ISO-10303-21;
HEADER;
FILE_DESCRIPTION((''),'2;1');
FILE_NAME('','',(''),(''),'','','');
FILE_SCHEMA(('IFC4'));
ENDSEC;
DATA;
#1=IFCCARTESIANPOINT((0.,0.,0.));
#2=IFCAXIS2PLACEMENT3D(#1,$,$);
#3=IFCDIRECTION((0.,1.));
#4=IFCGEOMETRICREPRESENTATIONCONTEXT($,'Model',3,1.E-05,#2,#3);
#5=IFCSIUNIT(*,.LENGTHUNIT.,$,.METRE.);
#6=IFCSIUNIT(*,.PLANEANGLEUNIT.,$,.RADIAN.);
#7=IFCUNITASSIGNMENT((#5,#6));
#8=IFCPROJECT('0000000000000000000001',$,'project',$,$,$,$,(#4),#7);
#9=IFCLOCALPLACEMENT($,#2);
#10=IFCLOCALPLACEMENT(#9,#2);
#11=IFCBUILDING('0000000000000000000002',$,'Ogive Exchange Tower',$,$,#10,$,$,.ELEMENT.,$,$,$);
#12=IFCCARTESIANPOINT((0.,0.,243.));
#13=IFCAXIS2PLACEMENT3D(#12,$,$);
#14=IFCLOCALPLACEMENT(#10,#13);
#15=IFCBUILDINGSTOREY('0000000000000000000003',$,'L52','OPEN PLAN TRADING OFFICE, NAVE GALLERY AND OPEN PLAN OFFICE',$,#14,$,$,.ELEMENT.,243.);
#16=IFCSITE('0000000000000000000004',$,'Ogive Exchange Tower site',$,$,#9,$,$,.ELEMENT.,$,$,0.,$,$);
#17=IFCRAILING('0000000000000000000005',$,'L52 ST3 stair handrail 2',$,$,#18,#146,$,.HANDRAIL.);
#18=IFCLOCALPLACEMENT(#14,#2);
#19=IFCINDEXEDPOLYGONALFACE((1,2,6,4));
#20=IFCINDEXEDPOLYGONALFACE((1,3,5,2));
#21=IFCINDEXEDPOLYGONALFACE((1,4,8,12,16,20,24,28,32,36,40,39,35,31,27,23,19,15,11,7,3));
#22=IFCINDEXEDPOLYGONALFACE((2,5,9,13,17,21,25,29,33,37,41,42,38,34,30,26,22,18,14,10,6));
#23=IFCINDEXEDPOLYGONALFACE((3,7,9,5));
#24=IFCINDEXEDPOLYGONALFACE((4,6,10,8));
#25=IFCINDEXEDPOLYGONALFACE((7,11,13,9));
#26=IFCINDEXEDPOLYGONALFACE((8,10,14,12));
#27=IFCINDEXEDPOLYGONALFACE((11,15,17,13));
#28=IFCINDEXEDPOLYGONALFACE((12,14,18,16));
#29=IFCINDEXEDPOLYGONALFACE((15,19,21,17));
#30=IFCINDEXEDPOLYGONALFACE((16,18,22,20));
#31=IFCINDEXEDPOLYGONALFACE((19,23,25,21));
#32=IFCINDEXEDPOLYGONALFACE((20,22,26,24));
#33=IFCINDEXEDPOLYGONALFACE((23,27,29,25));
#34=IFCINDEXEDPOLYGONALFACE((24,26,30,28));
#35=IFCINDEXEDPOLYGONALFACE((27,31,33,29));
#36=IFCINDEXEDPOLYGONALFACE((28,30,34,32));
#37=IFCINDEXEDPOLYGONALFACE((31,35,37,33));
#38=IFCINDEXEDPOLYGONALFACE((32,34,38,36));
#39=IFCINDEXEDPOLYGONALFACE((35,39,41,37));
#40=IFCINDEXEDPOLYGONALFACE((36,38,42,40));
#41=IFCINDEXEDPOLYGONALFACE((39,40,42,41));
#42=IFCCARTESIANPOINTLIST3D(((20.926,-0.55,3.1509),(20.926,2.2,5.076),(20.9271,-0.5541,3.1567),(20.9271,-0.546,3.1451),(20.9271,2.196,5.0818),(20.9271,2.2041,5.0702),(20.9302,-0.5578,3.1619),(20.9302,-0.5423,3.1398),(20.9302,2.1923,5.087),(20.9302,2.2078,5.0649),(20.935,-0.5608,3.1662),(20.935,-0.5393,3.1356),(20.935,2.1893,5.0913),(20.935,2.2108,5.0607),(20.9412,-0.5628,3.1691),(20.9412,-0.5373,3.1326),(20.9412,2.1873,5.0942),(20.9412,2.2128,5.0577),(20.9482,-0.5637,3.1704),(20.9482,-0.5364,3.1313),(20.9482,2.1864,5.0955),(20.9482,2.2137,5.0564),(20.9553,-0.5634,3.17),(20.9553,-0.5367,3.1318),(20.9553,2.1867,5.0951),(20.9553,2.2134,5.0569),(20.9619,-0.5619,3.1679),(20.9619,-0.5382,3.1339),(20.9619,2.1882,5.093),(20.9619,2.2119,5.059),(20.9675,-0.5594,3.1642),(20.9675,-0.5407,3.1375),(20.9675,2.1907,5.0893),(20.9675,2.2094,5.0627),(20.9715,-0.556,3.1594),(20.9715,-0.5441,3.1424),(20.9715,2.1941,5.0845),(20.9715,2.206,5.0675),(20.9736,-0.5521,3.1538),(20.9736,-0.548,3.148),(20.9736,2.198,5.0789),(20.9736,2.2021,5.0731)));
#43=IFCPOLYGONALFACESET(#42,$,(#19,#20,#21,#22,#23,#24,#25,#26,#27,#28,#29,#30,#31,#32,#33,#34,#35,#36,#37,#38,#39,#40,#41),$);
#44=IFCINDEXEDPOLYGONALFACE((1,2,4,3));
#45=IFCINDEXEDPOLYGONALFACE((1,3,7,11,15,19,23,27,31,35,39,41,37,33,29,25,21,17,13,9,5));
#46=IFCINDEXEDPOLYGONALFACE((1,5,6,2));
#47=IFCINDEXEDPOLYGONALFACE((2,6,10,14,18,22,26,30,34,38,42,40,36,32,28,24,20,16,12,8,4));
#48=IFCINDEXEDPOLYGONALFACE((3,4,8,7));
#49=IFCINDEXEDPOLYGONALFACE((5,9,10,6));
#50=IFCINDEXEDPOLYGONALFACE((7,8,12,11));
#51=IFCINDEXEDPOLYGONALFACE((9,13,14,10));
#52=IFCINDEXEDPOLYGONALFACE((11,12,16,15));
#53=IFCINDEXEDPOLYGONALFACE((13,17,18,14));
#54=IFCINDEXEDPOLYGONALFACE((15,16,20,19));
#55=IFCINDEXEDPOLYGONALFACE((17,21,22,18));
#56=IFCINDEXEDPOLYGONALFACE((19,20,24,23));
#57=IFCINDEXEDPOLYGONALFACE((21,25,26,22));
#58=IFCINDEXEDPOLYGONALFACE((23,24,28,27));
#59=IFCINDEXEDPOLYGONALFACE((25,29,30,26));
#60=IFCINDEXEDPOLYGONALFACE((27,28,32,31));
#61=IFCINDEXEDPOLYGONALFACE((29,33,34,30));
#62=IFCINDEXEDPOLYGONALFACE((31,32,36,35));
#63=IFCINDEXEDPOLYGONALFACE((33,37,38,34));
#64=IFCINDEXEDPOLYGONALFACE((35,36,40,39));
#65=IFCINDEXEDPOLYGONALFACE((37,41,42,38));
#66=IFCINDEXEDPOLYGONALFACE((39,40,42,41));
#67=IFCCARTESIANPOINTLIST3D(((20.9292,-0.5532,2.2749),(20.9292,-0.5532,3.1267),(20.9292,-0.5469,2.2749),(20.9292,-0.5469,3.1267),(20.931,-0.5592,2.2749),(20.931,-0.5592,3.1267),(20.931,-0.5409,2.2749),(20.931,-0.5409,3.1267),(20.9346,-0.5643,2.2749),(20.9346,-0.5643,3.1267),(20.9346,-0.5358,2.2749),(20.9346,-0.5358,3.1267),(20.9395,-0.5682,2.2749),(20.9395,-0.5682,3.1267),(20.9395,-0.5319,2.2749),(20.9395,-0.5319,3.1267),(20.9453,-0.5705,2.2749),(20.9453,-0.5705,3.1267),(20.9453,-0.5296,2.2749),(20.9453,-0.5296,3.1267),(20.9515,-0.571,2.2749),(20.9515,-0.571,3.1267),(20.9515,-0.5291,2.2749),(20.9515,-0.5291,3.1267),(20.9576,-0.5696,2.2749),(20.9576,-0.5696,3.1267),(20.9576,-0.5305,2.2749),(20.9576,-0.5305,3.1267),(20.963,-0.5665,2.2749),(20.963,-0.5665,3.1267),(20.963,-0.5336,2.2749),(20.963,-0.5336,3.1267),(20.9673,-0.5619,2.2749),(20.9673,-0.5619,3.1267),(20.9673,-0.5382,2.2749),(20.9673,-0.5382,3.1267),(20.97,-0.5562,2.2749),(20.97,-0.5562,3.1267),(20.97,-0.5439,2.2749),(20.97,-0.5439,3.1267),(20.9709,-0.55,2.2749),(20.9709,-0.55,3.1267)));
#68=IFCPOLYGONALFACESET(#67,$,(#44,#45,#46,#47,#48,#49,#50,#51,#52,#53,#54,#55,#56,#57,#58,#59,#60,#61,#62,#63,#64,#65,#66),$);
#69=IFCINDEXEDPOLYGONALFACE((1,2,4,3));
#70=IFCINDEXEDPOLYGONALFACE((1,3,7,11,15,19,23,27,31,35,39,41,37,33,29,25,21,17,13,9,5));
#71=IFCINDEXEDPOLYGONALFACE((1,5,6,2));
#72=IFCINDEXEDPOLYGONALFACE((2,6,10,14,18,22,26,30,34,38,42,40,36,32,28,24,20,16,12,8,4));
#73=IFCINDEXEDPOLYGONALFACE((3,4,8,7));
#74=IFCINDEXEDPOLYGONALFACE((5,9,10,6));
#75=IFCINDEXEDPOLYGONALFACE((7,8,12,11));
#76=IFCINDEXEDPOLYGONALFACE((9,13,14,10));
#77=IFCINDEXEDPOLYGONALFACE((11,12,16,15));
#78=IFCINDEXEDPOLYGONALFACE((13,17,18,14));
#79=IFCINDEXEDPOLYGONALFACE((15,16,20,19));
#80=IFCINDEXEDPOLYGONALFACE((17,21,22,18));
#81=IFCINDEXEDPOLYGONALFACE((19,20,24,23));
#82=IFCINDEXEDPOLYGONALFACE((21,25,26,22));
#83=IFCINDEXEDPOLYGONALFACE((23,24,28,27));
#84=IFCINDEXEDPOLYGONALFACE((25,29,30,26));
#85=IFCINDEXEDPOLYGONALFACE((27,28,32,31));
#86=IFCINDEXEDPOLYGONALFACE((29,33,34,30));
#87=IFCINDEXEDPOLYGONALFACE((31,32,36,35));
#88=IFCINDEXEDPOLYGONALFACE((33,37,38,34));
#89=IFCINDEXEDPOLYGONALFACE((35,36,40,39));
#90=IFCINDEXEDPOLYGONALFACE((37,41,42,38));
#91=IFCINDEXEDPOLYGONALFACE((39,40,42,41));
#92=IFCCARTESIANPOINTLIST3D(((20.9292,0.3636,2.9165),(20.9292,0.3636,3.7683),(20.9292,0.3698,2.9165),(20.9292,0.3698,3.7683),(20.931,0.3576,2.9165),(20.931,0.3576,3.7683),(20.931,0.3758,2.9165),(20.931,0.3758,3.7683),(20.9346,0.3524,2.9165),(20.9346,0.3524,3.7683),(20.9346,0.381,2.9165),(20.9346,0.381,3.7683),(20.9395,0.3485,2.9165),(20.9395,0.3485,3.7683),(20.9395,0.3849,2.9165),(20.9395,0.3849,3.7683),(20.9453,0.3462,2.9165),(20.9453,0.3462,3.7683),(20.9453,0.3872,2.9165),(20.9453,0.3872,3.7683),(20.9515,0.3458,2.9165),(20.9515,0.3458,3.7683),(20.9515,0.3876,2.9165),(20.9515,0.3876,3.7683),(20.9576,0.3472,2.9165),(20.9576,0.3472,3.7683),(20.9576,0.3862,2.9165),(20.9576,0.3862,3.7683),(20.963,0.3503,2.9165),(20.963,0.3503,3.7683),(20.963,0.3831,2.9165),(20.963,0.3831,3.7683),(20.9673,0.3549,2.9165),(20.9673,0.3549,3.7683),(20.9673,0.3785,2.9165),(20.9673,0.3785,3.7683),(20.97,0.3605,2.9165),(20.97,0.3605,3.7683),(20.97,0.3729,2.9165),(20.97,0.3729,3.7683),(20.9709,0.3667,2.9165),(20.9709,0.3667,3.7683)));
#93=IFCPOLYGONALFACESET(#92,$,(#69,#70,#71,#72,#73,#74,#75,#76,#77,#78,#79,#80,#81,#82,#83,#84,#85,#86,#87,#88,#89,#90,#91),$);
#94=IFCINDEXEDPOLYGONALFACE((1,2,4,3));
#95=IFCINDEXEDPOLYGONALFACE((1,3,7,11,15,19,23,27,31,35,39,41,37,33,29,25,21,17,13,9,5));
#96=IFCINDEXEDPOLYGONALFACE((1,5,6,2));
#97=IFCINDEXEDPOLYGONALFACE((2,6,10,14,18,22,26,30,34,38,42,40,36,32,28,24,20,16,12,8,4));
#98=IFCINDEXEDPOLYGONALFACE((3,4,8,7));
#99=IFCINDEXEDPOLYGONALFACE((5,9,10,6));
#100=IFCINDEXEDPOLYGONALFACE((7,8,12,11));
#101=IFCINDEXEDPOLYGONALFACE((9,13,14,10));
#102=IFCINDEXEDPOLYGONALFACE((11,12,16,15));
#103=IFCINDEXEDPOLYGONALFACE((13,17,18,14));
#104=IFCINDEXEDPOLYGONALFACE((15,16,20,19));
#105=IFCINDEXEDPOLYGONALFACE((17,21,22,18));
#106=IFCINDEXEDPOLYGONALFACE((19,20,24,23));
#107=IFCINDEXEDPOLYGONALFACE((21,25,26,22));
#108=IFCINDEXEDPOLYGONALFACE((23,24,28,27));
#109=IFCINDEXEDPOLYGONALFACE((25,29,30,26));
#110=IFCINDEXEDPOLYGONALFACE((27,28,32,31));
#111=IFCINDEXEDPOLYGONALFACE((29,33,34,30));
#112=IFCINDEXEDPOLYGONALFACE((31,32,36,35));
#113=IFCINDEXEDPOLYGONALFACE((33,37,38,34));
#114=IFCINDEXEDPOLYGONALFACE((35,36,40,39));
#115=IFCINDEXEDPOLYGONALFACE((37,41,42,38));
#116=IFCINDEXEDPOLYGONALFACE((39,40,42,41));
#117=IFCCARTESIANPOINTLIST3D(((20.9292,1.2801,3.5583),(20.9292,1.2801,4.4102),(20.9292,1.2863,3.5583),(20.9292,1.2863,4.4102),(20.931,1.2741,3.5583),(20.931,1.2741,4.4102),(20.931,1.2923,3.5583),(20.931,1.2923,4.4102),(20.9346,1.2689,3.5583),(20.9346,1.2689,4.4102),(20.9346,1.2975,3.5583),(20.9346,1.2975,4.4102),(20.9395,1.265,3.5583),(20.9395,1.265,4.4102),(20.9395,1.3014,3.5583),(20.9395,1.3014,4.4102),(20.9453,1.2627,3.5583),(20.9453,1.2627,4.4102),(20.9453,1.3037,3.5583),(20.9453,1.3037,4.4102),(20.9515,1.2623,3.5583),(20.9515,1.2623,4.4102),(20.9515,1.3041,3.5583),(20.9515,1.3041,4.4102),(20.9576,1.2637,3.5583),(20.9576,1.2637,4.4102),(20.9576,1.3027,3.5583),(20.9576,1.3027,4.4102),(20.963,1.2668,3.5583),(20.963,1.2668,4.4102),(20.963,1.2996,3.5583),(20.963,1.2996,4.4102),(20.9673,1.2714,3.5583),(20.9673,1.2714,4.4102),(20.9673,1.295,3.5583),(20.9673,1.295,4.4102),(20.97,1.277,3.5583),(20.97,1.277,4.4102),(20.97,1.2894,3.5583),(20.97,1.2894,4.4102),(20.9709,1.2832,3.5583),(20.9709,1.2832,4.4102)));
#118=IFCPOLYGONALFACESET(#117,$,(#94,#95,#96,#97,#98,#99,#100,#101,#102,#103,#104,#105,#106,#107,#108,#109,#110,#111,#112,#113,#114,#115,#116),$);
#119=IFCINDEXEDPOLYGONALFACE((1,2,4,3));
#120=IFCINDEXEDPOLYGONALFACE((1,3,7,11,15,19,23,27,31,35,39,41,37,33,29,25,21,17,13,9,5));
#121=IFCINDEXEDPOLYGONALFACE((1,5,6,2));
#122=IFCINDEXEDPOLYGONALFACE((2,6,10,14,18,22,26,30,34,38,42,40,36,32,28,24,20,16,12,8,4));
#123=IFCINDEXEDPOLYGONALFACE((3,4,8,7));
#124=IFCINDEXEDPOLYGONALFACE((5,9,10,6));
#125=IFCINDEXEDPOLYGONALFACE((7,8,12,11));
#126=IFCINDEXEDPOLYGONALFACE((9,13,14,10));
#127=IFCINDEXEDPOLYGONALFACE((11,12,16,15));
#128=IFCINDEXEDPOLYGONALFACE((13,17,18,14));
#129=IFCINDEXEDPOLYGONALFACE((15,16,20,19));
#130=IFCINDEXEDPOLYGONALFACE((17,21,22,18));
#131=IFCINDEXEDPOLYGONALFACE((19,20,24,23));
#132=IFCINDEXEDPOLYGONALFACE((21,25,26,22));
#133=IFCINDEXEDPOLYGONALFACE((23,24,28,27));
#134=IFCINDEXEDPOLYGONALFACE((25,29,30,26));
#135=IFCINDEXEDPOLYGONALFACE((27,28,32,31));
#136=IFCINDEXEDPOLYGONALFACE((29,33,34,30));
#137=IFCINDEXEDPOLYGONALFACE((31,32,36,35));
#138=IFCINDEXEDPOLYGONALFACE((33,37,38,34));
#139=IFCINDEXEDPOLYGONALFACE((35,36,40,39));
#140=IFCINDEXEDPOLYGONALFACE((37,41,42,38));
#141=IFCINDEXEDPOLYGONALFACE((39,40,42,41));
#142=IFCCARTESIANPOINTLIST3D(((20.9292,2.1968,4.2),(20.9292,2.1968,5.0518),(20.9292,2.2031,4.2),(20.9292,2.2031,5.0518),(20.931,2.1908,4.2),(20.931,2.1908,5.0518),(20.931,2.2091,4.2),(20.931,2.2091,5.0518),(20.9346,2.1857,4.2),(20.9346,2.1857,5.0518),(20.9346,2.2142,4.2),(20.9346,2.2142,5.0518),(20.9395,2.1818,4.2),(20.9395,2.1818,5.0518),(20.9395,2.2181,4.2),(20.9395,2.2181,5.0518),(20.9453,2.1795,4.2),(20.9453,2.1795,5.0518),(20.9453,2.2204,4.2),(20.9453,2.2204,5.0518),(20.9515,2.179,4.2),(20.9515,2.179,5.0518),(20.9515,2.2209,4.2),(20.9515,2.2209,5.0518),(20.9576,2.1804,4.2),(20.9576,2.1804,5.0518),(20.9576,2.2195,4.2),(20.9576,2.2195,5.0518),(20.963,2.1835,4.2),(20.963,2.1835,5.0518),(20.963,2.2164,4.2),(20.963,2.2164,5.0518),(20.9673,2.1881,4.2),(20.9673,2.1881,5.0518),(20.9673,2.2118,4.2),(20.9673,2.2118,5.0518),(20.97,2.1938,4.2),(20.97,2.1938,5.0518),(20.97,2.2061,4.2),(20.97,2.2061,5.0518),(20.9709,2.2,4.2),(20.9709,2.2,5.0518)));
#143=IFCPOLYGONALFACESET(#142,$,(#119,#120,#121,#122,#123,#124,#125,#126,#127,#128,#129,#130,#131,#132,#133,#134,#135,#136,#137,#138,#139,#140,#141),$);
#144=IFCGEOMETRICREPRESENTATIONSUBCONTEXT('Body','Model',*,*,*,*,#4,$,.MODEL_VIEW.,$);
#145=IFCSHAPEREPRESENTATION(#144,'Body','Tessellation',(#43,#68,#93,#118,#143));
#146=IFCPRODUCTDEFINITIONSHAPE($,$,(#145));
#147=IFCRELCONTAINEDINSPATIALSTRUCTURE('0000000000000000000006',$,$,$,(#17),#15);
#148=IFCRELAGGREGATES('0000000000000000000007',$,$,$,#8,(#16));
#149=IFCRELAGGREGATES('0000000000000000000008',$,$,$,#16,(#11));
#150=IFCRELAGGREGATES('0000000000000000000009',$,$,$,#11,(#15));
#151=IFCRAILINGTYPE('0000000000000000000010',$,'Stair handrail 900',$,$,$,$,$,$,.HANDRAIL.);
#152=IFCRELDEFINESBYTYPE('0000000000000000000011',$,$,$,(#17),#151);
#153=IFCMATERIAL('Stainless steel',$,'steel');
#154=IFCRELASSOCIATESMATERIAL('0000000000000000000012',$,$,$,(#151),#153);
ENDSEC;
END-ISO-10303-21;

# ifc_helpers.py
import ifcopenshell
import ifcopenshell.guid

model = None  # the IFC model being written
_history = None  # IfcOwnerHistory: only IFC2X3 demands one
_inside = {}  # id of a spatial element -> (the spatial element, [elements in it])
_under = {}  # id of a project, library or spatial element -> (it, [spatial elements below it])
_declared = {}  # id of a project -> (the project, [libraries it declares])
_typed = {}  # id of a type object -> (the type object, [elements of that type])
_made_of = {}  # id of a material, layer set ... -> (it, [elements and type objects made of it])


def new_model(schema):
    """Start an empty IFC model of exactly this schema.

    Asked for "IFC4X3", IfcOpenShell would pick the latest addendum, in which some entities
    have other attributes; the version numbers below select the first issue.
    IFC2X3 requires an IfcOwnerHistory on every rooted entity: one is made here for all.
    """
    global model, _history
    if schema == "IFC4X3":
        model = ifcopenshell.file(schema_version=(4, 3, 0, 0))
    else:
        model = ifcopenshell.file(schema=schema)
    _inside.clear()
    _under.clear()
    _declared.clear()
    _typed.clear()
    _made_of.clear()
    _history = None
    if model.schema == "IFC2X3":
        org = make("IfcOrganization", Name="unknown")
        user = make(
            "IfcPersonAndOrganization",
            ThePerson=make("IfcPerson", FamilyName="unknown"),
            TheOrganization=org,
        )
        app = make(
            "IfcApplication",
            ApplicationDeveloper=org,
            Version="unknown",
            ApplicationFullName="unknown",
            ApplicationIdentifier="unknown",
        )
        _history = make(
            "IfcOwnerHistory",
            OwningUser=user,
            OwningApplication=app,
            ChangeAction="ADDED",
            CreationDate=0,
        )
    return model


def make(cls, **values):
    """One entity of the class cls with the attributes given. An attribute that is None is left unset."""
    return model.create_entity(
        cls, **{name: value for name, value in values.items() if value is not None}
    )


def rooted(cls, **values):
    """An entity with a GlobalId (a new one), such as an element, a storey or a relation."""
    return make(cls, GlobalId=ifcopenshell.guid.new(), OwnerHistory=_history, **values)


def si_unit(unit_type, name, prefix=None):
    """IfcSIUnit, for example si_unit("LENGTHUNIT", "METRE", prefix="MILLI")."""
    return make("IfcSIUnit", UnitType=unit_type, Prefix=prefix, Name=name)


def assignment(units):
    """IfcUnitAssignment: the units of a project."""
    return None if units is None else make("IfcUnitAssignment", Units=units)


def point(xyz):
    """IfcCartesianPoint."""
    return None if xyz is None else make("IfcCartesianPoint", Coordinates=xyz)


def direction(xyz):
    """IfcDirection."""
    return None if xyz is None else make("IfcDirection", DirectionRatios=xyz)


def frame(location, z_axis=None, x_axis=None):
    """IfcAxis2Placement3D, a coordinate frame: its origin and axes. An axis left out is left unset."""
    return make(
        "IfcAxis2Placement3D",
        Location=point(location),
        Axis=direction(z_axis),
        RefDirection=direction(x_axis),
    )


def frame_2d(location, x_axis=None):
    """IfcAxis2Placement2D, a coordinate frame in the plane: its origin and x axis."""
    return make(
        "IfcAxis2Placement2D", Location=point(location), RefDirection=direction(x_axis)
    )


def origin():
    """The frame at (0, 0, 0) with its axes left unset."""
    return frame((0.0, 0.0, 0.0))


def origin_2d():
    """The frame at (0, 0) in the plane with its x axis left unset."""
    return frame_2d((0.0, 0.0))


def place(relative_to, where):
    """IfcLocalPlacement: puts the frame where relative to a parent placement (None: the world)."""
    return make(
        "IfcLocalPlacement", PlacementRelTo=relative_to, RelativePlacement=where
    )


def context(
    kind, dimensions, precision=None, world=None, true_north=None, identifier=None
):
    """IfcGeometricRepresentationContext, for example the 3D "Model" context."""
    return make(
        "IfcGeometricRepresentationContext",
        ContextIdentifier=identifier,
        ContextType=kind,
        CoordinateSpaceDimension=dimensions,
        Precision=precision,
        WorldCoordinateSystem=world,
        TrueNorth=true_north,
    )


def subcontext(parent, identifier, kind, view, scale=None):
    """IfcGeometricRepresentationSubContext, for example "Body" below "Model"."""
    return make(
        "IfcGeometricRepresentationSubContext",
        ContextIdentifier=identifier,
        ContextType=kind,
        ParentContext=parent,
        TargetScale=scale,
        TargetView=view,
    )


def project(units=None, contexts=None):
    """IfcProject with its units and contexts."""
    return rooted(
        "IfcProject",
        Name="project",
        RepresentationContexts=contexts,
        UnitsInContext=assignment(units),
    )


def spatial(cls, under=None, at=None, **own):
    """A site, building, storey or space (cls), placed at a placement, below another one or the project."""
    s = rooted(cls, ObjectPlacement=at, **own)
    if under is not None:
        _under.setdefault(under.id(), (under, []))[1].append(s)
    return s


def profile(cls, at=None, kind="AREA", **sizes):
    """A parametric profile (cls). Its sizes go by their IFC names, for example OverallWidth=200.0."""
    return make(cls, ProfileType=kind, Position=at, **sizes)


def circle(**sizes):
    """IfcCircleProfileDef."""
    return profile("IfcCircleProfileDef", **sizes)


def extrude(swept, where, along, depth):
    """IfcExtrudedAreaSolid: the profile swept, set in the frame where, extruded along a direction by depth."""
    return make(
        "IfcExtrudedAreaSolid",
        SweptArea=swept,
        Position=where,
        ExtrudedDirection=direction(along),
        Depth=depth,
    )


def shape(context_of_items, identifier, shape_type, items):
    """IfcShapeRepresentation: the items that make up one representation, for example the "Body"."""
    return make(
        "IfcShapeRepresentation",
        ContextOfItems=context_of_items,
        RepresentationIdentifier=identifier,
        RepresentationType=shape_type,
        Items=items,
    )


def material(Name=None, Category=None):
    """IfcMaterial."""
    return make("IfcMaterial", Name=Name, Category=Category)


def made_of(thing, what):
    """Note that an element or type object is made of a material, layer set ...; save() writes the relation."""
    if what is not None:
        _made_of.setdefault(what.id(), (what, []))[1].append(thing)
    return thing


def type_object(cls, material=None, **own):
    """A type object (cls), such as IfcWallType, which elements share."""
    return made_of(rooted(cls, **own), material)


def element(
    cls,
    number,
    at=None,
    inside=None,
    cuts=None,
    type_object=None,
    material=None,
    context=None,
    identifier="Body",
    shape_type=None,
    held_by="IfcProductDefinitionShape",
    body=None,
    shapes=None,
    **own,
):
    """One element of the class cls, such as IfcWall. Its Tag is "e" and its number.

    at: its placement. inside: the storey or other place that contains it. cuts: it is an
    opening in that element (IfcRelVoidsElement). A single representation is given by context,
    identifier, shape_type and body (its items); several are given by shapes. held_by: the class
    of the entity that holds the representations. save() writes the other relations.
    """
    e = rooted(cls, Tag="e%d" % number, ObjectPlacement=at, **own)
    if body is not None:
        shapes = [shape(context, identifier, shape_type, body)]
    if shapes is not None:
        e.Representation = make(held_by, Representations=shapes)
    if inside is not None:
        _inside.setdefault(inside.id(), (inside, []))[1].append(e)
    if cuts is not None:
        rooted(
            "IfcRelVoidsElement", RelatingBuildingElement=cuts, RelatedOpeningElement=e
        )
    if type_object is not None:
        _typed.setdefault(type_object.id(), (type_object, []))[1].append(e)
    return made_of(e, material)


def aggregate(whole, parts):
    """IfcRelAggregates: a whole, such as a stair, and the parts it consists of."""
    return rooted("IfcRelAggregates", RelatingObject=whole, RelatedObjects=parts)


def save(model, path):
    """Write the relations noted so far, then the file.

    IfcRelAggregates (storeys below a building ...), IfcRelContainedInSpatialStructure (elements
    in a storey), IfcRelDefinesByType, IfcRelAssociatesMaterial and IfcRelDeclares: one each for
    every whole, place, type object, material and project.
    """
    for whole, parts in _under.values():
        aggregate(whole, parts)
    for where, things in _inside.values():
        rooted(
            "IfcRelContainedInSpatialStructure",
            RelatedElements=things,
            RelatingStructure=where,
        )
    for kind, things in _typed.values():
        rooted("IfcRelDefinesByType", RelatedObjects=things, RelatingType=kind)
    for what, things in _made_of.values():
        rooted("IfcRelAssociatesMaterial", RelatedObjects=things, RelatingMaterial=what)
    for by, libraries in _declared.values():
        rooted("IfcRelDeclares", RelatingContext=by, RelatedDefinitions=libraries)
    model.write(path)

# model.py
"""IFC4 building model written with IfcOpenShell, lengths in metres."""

from ifc_helpers import new_model, si_unit, direction, frame, origin, origin_2d, place, context, subcontext, project, spatial, circle, extrude, material, type_object, element, save


model = new_model("IFC4")

# Units and contexts
model_context = context("Model", 3, precision=1e-05, world=origin(), true_north=direction((0.0, 1.0)))
body_context = subcontext(model_context, "Body", "Model", "MODEL_VIEW")
ifc_project = project(units=[si_unit("LENGTHUNIT", "METRE"), si_unit("PLANEANGLEUNIT", "RADIAN")], contexts=[model_context])

# Site, building, storey
site_placement = place(None, origin())
site = spatial("IfcSite", under=ifc_project, at=site_placement, Name="Ogive Exchange Tower site", CompositionType="ELEMENT", RefElevation=0.0)
building_placement = place(site_placement, origin())
building = spatial("IfcBuilding", under=site, at=building_placement, Name="Ogive Exchange Tower", CompositionType="ELEMENT")
storey_placement = place(building_placement, frame((0.0, 0.0, 243.0)))
storey = spatial("IfcBuildingStorey", under=building, at=storey_placement, Name="L52", Description="OPEN PLAN TRADING OFFICE, NAVE GALLERY AND OPEN PLAN OFFICE", CompositionType="ELEMENT", Elevation=243.0)

# Shared definitions
ifc_material_1 = material(Name="Stainless steel", Category="steel")

# Railing
railing_type = type_object("IfcRailingType", Name="Stair handrail 900", PredefinedType="HANDRAIL", material=ifc_material_1)
railing_placement = place(storey_placement, frame((20.95, -0.55, 2.2749)))
element("IfcRailing", 1, at=railing_placement, inside=storey, type_object=railing_type, Name="L52 ST3 stair handrail 2", PredefinedType="HANDRAIL", context=body_context, shape_type="SweptSolid", body=[
    extrude(circle(Radius=0.0239, at=origin_2d()), frame((0.0, 0.0, 0.876), z_axis=(0.0, 0.819225, 0.573472), x_axis=(-1.0, 0.0, 0.0)), (0.0, 0.0, 1.0), 3.3569),
    extrude(circle(Radius=0.021, at=origin_2d()), origin(), (0.0, 0.0, 1.0), 0.8518),
    extrude(circle(Radius=0.021, at=origin_2d()), frame((0.0, 0.9167, 0.6416)), (0.0, 0.0, 1.0), 0.8518),
    extrude(circle(Radius=0.021, at=origin_2d()), frame((0.0, 1.8333, 1.2834)), (0.0, 0.0, 1.0), 0.8518),
    extrude(circle(Radius=0.021, at=origin_2d()), frame((0.0, 2.75, 1.925)), (0.0, 0.0, 1.0), 0.8518),
])

save(model, "model.ifc")
